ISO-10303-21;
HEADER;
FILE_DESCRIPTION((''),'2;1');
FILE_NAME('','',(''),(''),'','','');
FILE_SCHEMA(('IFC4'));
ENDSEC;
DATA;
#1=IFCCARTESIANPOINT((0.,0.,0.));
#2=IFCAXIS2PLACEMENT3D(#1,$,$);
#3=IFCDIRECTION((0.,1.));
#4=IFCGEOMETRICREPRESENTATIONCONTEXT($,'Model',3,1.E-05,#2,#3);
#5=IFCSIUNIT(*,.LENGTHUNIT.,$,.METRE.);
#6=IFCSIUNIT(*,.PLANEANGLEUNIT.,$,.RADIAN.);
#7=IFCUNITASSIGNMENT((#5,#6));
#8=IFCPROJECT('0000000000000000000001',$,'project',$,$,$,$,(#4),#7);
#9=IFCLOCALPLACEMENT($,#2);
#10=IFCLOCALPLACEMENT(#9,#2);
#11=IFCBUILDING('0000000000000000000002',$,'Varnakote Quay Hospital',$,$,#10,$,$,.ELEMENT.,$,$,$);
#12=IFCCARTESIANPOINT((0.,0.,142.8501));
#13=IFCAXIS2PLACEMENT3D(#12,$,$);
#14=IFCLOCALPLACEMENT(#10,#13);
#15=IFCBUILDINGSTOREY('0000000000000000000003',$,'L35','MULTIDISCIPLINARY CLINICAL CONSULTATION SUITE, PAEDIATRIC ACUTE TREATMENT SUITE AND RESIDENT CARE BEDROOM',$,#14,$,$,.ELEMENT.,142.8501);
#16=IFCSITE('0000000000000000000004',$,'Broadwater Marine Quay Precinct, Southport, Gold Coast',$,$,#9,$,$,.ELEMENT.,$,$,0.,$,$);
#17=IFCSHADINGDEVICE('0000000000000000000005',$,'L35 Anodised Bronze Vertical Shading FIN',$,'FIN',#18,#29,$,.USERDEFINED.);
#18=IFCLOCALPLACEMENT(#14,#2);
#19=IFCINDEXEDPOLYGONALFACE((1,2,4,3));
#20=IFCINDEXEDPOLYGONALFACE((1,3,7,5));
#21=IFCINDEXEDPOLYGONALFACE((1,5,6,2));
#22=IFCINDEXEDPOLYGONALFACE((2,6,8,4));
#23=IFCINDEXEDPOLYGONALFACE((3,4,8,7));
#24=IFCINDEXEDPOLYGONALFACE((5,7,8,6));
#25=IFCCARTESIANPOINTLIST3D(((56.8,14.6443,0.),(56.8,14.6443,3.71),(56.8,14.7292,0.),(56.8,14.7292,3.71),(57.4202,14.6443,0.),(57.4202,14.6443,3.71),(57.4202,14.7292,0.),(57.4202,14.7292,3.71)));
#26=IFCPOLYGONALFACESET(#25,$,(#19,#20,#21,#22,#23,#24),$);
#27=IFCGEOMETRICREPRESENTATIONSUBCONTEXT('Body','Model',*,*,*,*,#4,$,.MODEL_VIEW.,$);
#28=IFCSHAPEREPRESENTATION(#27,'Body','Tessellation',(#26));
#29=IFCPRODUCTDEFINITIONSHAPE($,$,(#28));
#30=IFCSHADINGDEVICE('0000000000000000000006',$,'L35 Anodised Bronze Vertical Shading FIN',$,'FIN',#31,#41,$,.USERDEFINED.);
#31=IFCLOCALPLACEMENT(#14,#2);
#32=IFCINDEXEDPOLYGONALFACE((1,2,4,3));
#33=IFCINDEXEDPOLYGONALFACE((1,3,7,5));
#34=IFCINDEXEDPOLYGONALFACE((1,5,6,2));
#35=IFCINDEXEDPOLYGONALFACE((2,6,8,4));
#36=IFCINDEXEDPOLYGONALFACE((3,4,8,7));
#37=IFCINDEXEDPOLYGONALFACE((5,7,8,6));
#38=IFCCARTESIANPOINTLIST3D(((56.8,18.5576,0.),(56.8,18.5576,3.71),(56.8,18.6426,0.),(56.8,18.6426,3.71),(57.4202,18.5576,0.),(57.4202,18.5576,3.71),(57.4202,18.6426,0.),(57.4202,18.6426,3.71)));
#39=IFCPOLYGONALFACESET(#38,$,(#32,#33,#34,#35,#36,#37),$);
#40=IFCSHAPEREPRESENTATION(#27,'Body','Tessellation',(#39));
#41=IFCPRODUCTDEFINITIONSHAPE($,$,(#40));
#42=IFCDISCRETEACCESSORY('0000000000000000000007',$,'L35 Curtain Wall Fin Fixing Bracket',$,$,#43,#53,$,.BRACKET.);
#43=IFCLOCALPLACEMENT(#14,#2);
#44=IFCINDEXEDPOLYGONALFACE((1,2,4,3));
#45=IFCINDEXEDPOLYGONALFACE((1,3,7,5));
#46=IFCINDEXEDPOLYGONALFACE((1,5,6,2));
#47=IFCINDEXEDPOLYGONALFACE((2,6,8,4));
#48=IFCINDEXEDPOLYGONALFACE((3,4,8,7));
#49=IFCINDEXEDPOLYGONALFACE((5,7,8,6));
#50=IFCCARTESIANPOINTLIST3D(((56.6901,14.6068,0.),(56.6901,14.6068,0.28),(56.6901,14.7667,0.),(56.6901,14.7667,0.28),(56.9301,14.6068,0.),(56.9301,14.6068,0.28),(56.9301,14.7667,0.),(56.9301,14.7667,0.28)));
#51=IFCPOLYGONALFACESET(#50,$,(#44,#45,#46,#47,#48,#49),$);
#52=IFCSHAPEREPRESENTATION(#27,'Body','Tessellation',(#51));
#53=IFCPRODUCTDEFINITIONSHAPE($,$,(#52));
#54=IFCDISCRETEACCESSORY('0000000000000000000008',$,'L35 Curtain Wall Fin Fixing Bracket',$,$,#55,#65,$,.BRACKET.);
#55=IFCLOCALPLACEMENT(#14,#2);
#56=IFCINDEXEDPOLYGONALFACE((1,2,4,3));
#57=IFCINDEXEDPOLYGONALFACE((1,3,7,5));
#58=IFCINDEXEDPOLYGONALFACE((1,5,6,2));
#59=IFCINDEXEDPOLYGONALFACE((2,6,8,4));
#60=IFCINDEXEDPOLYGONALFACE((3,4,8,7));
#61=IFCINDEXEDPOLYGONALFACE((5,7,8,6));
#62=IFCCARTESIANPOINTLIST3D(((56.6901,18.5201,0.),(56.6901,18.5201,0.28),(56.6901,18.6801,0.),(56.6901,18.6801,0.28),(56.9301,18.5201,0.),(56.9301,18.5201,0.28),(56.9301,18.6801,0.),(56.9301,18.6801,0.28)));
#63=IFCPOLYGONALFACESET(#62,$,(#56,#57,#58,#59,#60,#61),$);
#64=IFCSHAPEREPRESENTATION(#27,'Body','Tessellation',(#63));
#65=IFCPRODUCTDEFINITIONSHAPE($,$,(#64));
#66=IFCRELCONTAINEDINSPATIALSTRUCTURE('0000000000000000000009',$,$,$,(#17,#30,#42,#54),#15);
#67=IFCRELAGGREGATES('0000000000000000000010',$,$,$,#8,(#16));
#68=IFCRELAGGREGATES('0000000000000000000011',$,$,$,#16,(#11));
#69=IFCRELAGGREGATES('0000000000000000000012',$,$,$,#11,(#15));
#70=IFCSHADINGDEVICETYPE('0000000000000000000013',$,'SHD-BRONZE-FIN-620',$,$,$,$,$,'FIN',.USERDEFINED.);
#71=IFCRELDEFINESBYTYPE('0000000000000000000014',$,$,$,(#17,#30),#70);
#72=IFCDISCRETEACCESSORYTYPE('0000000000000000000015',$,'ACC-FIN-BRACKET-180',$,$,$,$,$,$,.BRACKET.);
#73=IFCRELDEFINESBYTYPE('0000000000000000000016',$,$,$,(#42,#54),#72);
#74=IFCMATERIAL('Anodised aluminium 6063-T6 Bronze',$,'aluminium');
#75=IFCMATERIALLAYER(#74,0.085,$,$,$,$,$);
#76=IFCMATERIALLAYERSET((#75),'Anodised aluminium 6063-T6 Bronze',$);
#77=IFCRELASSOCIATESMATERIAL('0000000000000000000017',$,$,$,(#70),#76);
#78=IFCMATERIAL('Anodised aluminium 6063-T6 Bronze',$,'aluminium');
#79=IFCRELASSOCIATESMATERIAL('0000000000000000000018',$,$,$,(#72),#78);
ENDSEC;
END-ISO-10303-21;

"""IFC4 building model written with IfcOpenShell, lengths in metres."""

from ifc_helpers import new_model, si_unit, direction, frame, origin, origin_2d, place, context, subcontext, project, spatial, rectangle, extrude, material, layer, layer_set, type_object, element, save


model = new_model("IFC4")

# Units and contexts
model_context = context("Model", 3, precision=1e-05, world=origin(), true_north=direction((0.0, 1.0)))
body_context = subcontext(model_context, "Body", "Model", "MODEL_VIEW")
ifc_project = project(units=[si_unit("LENGTHUNIT", "METRE"), si_unit("PLANEANGLEUNIT", "RADIAN")], contexts=[model_context])

# Site, building, storey
site_placement = place(None, origin())
site = spatial("IfcSite", under=ifc_project, at=site_placement, Name="Broadwater Marine Quay Precinct, Southport, Gold Coast", CompositionType="ELEMENT", RefElevation=0.0)
building_placement = place(site_placement, origin())
building = spatial("IfcBuilding", under=site, at=building_placement, Name="Varnakote Quay Hospital", CompositionType="ELEMENT")
storey_placement = place(building_placement, frame((0.0, 0.0, 142.8501)))
storey = spatial("IfcBuildingStorey", under=building, at=storey_placement, Name="L35", Description="MULTIDISCIPLINARY CLINICAL CONSULTATION SUITE, PAEDIATRIC ACUTE TREATMENT SUITE AND RESIDENT CARE BEDROOM", CompositionType="ELEMENT", Elevation=142.8501)

# Shading devices
ifc_material_1 = material(Name="Anodised aluminium 6063-T6 Bronze", Category="aluminium")
ifc_layer_1 = layer(ifc_material_1, 0.085)
ifc_layer_set_1 = layer_set([ifc_layer_1], Name="Anodised aluminium 6063-T6 Bronze")
shading_device_type = type_object("IfcShadingDeviceType", Name="SHD-BRONZE-FIN-620", ElementType="FIN", PredefinedType="USERDEFINED", material=ifc_layer_set_1)
for number, where, z_axis, x_axis, name in (
    (1, (57.1101, 14.6868, 0.0), (0.0, 0.0, 1.0), (-1.0, 0.0, 0.0), "L35 Anodised Bronze Vertical Shading FIN"),
    (2, (57.1101, 18.6001, 0.0), (0.0, 0.0, 1.0), (-1.0, 0.0, 0.0), "L35 Anodised Bronze Vertical Shading FIN"),
):
    element("IfcShadingDevice", number, at=place(storey_placement, frame(where, z_axis=z_axis, x_axis=x_axis)), inside=storey, type_object=shading_device_type, Name=name, ObjectType="FIN", PredefinedType="USERDEFINED", context=body_context, shape_type="SweptSolid", body=[
        extrude(rectangle(XDim=0.6201, YDim=0.085, at=origin_2d()), origin(), (0.0, 0.0, 1.0), 3.71),
    ])

# Discrete accessories
ifc_material_2 = material(Name="Anodised aluminium 6063-T6 Bronze", Category="aluminium")
discrete_accessory_type = type_object("IfcDiscreteAccessoryType", Name="ACC-FIN-BRACKET-180", PredefinedType="BRACKET", material=ifc_material_2)
for number, where, z_axis, x_axis, name in (
    (3, (56.8101, 14.6868, 0.0), (0.0, 0.0, 1.0), (0.0, 1.0, 0.0), "L35 Curtain Wall Fin Fixing Bracket"),
    (4, (56.8101, 18.6001, 0.0), (0.0, 0.0, 1.0), (0.0, 1.0, 0.0), "L35 Curtain Wall Fin Fixing Bracket"),
):
    element("IfcDiscreteAccessory", number, at=place(storey_placement, frame(where, z_axis=z_axis, x_axis=x_axis)), inside=storey, type_object=discrete_accessory_type, Name=name, PredefinedType="BRACKET", context=body_context, shape_type="SweptSolid", body=[
        extrude(rectangle(XDim=0.1599, YDim=0.24, at=origin_2d()), origin(), (0.0, 0.0, 1.0), 0.28),
    ])

save(model, "model.ifc")
